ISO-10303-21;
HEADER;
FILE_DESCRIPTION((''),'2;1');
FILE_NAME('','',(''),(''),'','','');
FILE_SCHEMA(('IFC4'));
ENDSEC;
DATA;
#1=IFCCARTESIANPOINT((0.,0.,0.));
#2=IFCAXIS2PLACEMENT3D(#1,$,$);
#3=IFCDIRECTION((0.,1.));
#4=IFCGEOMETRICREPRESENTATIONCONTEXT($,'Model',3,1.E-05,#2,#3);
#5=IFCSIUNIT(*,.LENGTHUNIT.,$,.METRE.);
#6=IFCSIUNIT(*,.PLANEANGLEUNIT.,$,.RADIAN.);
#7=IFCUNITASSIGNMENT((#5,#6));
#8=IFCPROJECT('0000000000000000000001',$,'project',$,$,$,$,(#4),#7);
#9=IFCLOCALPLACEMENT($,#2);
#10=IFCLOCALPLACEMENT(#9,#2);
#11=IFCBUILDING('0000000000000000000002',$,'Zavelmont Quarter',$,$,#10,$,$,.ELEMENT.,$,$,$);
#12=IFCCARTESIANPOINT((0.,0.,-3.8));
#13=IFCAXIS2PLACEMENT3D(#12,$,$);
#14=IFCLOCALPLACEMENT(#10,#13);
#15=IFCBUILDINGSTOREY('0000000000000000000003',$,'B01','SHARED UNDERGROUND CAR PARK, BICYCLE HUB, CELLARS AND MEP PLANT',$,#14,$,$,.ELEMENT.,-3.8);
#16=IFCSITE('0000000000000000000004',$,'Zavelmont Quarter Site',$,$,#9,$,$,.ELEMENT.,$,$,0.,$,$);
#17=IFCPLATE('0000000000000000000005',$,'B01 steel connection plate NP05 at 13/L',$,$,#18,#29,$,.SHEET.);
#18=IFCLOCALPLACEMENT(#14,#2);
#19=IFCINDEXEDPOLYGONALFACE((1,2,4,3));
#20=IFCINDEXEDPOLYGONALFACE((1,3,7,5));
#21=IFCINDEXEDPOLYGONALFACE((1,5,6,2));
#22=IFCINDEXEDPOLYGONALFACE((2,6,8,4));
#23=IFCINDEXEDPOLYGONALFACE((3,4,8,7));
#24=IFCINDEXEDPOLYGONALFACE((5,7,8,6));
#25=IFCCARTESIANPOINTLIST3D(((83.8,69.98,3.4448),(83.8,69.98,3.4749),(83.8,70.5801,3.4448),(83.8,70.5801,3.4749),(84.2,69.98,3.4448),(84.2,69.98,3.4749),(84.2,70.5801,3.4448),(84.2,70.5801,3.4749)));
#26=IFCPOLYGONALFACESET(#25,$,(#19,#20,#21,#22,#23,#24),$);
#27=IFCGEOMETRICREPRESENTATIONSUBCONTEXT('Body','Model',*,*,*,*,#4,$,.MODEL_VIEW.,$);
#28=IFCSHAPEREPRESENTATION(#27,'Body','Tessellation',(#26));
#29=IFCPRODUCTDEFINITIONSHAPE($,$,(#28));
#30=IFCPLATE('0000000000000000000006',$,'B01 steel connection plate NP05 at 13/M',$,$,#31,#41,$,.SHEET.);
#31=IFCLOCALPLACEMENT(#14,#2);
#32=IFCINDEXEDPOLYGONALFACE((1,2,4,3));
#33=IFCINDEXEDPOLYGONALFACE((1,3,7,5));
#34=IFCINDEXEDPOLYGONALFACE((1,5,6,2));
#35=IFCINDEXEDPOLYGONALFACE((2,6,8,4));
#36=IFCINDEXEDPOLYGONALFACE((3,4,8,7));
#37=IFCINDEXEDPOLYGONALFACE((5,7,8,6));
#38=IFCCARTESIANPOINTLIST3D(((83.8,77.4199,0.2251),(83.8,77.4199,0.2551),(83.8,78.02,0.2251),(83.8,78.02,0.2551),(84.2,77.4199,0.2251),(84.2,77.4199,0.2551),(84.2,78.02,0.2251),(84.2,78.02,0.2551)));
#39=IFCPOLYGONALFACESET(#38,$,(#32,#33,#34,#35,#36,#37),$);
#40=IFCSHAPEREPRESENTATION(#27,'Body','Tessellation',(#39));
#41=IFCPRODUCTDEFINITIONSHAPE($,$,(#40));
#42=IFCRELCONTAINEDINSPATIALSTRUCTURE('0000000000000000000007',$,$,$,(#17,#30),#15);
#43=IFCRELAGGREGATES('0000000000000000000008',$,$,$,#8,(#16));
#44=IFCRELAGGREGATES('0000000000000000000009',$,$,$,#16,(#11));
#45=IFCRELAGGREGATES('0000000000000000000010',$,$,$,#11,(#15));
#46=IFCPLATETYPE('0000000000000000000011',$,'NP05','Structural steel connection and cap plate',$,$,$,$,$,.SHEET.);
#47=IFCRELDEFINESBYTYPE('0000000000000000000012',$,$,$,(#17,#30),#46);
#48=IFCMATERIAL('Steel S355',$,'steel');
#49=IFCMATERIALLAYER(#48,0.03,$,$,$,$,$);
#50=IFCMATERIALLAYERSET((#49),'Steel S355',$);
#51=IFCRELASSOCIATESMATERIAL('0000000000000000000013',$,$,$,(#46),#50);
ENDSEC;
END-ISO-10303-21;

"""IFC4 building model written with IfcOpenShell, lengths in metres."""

from ifc_helpers import new_model, si_unit, direction, frame, origin, origin_2d, place, context, subcontext, project, spatial, rectangle, extrude, material, layer, layer_set, type_object, element, save


model = new_model("IFC4")

# Units and contexts
model_context = context("Model", 3, precision=1e-05, world=origin(), true_north=direction((0.0, 1.0)))
body_context = subcontext(model_context, "Body", "Model", "MODEL_VIEW")
ifc_project = project(units=[si_unit("LENGTHUNIT", "METRE"), si_unit("PLANEANGLEUNIT", "RADIAN")], contexts=[model_context])

# Site, building, storey
site_placement = place(None, origin())
site = spatial("IfcSite", under=ifc_project, at=site_placement, Name="Zavelmont Quarter Site", CompositionType="ELEMENT", RefElevation=0.0)
building_placement = place(site_placement, origin())
building = spatial("IfcBuilding", under=site, at=building_placement, Name="Zavelmont Quarter", CompositionType="ELEMENT")
storey_placement = place(building_placement, frame((0.0, 0.0, -3.8)))
storey = spatial("IfcBuildingStorey", under=building, at=storey_placement, Name="B01", Description="SHARED UNDERGROUND CAR PARK, BICYCLE HUB, CELLARS AND MEP PLANT", CompositionType="ELEMENT", Elevation=-3.8)

# Shared definitions
ifc_material_1 = material(Name="Steel S355", Category="steel")

# Plates
ifc_layer_1 = layer(ifc_material_1, 0.03)
ifc_layer_set_1 = layer_set([ifc_layer_1], Name="Steel S355")
plate_type_1 = type_object("IfcPlateType", Name="NP05", Description="Structural steel connection and cap plate", PredefinedType="SHEET", material=ifc_layer_set_1)
for number, where, z_axis, x_axis, name in (
    (1, (84.0, 70.28, 3.4448), (0.0, 0.0, 1.0), (0.0, 1.0, 0.0), "B01 steel connection plate NP05 at 13/L"),
    (2, (84.0, 77.72, 0.2251), (0.0, 0.0, 1.0), (0.0, 1.0, 0.0), "B01 steel connection plate NP05 at 13/M"),
):
    element("IfcPlate", number, at=place(storey_placement, frame(where, z_axis=z_axis, x_axis=x_axis)), inside=storey, type_object=plate_type_1, Name=name, PredefinedType="SHEET", context=body_context, shape_type="SweptSolid", body=[
        extrude(rectangle(XDim=0.6001, YDim=0.3999, at=origin_2d()), origin(), (0.0, 0.0, 1.0), 0.03),
    ])

save(model, "model.ifc")
